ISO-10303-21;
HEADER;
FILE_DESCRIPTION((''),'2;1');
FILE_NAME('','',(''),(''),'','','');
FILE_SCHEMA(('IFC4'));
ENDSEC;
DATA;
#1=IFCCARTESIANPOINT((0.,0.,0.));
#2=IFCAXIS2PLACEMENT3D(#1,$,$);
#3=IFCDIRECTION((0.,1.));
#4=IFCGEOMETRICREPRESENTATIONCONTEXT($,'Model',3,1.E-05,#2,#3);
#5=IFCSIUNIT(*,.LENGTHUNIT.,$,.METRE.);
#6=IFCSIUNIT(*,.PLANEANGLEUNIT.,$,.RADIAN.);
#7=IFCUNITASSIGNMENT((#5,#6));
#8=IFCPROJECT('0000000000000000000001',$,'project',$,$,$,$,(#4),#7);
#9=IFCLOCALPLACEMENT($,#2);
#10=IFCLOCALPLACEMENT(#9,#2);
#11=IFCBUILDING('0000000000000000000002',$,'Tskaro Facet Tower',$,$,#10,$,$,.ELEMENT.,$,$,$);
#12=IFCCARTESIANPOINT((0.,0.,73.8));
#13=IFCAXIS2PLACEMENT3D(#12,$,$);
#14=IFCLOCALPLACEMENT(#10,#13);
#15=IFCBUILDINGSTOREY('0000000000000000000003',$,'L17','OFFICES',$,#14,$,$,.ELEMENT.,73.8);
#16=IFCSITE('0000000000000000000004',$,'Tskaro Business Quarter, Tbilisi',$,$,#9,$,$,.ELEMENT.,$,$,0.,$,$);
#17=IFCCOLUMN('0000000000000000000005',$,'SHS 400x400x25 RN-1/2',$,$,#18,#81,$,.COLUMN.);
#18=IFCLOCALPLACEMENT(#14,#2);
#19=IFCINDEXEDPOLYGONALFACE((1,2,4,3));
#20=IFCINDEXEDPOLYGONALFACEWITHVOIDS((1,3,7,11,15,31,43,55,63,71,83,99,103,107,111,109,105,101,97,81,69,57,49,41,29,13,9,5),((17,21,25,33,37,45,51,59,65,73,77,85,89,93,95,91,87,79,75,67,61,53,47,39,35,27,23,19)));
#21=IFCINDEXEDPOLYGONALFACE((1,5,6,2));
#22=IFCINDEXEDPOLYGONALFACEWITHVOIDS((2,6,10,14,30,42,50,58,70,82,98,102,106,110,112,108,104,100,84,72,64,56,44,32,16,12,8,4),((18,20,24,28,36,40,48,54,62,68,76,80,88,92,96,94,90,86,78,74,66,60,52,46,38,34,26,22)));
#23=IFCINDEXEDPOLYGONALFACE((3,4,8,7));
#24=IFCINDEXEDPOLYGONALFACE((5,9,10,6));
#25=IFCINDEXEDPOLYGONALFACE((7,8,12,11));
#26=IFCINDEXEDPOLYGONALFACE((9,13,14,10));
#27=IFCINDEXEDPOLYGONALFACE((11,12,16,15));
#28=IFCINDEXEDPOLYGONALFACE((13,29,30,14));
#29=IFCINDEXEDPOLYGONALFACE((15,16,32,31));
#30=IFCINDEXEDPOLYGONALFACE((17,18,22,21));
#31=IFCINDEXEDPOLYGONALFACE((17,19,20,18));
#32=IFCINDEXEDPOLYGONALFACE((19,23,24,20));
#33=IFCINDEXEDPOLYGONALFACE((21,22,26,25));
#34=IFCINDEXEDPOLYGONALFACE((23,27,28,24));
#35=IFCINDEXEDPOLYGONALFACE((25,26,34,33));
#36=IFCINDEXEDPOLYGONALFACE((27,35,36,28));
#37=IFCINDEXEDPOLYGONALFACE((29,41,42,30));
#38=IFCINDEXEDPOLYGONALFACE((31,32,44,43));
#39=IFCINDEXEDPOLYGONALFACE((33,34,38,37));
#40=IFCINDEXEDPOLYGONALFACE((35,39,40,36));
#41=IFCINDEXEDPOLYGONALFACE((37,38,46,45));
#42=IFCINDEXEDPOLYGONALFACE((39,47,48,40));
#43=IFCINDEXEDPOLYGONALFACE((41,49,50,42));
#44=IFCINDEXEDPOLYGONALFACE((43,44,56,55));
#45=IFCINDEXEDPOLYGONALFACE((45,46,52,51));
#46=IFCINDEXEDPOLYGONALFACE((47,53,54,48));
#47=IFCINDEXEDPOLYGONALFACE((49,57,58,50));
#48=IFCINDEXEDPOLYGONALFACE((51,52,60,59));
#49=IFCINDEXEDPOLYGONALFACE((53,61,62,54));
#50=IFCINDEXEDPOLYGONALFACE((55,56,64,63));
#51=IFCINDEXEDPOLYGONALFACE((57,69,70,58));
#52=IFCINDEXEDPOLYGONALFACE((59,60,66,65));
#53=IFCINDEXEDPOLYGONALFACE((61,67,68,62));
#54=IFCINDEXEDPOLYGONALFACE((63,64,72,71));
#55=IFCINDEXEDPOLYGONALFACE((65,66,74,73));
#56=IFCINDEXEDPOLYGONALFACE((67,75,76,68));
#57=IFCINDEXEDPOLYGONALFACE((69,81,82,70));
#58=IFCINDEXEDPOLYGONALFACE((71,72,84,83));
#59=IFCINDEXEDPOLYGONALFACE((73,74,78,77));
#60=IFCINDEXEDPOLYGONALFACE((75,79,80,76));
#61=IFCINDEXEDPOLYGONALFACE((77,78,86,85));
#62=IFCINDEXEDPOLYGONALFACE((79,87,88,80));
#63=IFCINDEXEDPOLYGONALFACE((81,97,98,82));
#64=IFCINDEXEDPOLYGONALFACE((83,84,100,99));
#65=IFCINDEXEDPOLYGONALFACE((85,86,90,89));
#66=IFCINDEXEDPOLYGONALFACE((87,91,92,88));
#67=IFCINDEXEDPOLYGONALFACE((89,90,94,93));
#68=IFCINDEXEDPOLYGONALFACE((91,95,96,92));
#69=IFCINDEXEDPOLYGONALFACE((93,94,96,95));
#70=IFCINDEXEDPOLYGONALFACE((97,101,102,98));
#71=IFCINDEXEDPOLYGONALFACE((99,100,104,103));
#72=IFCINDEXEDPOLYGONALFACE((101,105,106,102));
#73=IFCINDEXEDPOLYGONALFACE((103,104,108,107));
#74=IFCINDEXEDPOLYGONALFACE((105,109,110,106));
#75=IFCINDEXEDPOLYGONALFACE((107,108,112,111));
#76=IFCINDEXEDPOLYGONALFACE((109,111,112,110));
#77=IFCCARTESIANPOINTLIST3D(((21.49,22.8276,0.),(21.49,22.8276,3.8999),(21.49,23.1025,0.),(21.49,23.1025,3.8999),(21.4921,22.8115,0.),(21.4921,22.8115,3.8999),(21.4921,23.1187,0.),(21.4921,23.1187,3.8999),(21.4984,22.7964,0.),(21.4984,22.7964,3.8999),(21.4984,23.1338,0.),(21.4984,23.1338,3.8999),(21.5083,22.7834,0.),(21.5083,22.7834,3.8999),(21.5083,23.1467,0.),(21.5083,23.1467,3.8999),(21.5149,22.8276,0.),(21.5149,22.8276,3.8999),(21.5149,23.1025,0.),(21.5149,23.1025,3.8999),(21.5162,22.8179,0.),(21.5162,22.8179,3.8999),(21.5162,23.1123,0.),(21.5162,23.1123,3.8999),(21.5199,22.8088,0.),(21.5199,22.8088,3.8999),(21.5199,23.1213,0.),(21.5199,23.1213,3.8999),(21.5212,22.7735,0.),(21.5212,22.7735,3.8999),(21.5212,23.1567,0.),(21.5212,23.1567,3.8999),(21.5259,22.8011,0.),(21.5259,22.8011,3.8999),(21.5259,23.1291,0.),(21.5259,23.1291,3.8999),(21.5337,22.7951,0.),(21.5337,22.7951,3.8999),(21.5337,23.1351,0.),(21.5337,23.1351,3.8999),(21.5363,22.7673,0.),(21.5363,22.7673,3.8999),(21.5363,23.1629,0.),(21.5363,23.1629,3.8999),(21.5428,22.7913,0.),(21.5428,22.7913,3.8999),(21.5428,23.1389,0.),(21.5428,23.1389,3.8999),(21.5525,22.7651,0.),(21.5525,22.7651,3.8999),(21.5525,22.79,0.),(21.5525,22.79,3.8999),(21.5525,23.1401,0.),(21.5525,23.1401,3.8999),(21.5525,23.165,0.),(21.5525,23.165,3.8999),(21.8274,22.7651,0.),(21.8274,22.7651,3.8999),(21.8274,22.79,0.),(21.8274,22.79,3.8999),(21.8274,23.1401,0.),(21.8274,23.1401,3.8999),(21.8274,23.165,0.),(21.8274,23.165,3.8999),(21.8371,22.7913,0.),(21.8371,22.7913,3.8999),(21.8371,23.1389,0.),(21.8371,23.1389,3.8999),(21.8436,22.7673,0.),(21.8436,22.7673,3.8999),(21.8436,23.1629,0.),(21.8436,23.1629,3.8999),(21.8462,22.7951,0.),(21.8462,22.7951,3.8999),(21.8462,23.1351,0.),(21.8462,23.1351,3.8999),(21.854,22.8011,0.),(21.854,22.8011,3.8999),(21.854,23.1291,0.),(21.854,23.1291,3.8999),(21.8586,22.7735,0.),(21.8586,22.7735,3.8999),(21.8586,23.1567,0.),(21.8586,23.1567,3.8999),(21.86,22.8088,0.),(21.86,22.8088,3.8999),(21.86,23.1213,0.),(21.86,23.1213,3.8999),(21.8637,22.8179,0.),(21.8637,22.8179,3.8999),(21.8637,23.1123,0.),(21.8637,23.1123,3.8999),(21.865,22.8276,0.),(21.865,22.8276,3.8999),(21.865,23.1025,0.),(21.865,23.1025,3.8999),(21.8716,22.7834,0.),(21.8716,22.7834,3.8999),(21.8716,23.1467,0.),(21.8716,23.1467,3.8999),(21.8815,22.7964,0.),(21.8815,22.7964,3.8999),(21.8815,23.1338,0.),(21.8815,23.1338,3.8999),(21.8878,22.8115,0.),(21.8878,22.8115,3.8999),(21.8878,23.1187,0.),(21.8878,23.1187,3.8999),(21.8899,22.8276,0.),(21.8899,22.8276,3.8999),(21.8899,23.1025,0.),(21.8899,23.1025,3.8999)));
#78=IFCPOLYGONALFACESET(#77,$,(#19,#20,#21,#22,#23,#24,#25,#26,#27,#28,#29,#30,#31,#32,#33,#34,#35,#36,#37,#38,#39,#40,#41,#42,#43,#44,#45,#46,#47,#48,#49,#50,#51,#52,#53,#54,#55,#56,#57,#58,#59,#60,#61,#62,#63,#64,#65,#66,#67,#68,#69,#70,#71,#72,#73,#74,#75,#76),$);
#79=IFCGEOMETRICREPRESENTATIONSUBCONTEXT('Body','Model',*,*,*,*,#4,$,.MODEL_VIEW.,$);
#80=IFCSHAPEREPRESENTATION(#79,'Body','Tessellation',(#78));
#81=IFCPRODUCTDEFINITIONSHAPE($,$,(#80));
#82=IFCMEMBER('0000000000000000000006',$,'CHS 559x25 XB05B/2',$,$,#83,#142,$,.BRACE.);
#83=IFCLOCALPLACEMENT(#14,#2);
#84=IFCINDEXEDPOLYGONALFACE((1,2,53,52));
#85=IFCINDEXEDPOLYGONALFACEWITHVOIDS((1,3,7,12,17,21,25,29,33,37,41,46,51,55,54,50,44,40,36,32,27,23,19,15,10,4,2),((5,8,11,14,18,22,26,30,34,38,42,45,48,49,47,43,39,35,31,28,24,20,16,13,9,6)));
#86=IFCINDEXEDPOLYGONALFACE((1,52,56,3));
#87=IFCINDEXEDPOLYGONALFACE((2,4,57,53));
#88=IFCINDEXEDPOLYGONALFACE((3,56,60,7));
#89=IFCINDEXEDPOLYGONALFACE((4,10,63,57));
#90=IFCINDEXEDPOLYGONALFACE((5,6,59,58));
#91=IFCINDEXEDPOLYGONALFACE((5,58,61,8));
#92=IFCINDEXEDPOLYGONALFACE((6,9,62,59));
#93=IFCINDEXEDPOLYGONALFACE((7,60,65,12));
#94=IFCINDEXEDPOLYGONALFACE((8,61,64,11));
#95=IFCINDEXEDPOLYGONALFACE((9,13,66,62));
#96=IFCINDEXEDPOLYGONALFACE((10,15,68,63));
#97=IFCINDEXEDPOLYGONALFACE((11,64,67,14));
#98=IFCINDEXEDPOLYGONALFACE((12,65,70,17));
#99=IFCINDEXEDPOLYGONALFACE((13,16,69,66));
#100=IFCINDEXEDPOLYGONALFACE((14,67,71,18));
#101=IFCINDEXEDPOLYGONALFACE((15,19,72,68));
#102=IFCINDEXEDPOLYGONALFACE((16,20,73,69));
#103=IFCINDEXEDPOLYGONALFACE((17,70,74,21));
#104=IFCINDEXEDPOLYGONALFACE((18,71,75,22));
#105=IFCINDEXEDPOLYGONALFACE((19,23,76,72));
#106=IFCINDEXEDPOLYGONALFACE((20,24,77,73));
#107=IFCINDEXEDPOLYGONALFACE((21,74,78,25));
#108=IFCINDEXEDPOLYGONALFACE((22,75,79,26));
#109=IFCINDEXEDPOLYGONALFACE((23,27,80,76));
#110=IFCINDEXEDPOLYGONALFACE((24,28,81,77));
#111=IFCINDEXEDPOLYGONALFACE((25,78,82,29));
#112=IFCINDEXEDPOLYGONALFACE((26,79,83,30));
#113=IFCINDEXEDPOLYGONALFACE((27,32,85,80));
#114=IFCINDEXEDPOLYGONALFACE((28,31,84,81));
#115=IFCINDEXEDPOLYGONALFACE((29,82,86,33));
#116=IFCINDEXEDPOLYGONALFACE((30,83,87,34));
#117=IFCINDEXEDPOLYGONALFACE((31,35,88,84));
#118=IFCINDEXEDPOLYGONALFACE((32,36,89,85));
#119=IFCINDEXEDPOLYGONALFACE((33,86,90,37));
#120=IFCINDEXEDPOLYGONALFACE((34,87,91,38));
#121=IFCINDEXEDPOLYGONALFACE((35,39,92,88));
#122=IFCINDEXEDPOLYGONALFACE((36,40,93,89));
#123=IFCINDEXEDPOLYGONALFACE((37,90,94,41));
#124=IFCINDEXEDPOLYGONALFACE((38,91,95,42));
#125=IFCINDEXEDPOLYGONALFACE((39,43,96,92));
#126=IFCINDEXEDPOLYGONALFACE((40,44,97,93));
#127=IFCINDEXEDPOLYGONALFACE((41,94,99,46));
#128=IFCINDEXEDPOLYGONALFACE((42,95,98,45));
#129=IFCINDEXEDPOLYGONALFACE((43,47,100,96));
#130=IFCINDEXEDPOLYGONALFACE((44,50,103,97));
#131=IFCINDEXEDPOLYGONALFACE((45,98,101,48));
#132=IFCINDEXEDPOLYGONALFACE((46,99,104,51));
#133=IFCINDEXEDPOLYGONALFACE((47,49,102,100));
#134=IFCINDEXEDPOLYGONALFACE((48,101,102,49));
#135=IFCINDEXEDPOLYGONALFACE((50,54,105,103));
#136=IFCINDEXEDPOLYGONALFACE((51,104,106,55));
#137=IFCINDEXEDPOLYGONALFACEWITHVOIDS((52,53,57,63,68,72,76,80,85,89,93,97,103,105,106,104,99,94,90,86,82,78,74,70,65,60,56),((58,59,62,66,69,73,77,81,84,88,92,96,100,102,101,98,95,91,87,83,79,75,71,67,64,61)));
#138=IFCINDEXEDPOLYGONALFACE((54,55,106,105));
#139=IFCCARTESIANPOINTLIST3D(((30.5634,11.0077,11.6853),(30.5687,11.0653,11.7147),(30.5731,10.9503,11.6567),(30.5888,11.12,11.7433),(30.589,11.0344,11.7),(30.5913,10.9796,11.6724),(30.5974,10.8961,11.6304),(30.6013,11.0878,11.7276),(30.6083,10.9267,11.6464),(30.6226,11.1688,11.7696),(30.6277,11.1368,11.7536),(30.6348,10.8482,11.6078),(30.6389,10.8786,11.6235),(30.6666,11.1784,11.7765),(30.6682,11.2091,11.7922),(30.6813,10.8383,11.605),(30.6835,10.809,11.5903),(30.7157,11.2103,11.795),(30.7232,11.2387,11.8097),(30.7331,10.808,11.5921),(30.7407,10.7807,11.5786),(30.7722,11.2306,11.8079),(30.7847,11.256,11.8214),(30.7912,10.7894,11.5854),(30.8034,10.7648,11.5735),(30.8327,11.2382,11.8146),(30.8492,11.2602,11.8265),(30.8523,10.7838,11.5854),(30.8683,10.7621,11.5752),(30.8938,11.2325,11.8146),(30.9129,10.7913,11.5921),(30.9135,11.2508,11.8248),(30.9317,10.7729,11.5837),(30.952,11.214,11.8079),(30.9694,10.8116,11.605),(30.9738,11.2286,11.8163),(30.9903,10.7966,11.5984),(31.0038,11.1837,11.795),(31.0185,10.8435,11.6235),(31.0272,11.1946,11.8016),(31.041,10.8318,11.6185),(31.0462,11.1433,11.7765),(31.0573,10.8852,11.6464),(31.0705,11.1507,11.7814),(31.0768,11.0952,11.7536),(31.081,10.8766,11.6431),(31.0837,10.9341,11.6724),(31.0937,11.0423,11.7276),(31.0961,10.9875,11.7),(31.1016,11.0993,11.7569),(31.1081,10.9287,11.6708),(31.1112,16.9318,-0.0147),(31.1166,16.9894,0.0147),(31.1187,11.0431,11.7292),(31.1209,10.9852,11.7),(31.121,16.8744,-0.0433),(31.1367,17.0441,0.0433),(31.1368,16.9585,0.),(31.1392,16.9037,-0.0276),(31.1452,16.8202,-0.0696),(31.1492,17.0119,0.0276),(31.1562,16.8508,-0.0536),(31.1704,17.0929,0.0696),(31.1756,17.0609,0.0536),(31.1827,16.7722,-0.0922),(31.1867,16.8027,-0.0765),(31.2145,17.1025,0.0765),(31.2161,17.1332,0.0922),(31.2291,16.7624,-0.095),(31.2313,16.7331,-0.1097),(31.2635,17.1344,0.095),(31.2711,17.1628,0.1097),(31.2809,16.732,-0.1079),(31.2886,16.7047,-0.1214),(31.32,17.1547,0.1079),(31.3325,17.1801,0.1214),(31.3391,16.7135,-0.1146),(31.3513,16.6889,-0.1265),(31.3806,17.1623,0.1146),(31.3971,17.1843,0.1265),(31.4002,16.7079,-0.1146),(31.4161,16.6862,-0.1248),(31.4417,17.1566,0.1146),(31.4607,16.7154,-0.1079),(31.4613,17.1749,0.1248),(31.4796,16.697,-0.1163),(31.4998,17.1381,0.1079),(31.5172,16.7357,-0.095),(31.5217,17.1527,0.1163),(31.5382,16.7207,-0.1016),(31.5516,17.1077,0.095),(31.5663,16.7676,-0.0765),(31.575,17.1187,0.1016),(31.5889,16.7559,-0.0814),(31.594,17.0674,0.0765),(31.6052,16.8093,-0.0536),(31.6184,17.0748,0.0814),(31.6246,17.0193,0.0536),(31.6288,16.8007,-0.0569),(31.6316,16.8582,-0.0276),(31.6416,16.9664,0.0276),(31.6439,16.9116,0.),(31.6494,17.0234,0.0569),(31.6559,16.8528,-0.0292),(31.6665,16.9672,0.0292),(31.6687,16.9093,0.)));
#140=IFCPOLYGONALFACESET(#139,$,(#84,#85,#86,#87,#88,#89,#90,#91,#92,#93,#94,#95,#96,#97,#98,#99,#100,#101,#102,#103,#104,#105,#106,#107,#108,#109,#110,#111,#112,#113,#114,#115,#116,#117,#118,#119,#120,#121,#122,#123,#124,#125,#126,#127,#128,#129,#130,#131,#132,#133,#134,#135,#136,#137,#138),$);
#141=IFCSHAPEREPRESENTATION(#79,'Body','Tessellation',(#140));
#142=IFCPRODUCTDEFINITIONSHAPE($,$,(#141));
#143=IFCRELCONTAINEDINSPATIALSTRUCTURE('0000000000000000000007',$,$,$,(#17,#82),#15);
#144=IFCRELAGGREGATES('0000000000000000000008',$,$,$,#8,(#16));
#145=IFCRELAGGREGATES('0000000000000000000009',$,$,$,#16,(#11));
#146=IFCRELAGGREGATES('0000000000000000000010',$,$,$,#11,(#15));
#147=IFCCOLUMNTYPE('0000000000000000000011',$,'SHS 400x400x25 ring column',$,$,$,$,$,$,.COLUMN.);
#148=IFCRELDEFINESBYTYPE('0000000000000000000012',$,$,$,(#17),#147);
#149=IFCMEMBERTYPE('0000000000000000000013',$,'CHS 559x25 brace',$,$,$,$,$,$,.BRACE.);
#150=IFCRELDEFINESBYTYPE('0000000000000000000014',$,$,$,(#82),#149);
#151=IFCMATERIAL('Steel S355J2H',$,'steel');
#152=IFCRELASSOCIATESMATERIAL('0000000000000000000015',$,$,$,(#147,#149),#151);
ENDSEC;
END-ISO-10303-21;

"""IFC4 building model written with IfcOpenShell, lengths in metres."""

from ifc_helpers import new_model, si_unit, direction, frame, origin, origin_2d, place, context, subcontext, project, spatial, hollow_rectangle, hollow_circle, extrude, material, material_profile, profile_set, type_object, element, save


model = new_model("IFC4")

# Units and contexts
model_context = context("Model", 3, precision=1e-05, world=origin(), true_north=direction((0.0, 1.0)))
body_context = subcontext(model_context, "Body", "Model", "MODEL_VIEW")
ifc_project = project(units=[si_unit("LENGTHUNIT", "METRE"), si_unit("PLANEANGLEUNIT", "RADIAN")], contexts=[model_context])

# Site, building, storey
site_placement = place(None, origin())
site = spatial("IfcSite", under=ifc_project, at=site_placement, Name="Tskaro Business Quarter, Tbilisi", CompositionType="ELEMENT", RefElevation=0.0)
building_placement = place(site_placement, origin())
building = spatial("IfcBuilding", under=site, at=building_placement, Name="Tskaro Facet Tower", CompositionType="ELEMENT")
storey_placement = place(building_placement, frame((0.0, 0.0, 73.8)))
storey = spatial("IfcBuildingStorey", under=building, at=storey_placement, Name="L17", Description="OFFICES", CompositionType="ELEMENT", Elevation=73.8)

# Column
ifc_material_1 = material(Name="Steel S355J2H", Category="steel")
ifc_material_profile_1 = material_profile(ifc_material_1, hollow_rectangle(XDim=0.3999, YDim=0.3999, WallThickness=0.0249, InnerFilletRadius=0.0376, OuterFilletRadius=0.0625, at=origin_2d()), Name="SHS 400x400x25")
ifc_profile_set_1 = profile_set([ifc_material_profile_1], Name="Steel S355J2H")
column_type_1 = type_object("IfcColumnType", Name="SHS 400x400x25 ring column", PredefinedType="COLUMN", material=ifc_profile_set_1)
for number, where, z_axis, x_axis, name in (
    (1, (21.6899, 22.9651, 0.0), (0.0, 0.0, 1.0), (1.0, 0.0, 0.0), "SHS 400x400x25 RN-1/2"),
):
    element("IfcColumn", number, at=place(storey_placement, frame(where, z_axis=z_axis, x_axis=x_axis)), inside=storey, type_object=column_type_1, Name=name, PredefinedType="COLUMN", context=body_context, shape_type="SweptSolid", body=[
        extrude(hollow_rectangle(XDim=0.3999, YDim=0.3999, WallThickness=0.0249, InnerFilletRadius=0.0376, OuterFilletRadius=0.0625, at=origin_2d()), origin(), (0.0, 0.0, 1.0), 3.8999),
    ])

# Member
ifc_material_profile_2 = material_profile(ifc_material_1, hollow_circle(Radius=0.2795, WallThickness=0.0249, at=origin_2d()), Name="CHS 559x25")
ifc_profile_set_2 = profile_set([ifc_material_profile_2], Name="Steel S355J2H")
member_type_1 = type_object("IfcMemberType", Name="CHS 559x25 brace", PredefinedType="BRACE", material=ifc_profile_set_2)
member_1_placement = place(storey_placement, frame((31.3904, 16.9351, 0.0), z_axis=(-0.041739, -0.451334, 0.891378), x_axis=(0.995751, -0.092086, 0.0)))
element("IfcMember", 2, at=member_1_placement, inside=storey, type_object=member_type_1, Name="CHS 559x25 XB05B/2", PredefinedType="BRACE", context=body_context, shape_type="SweptSolid", body=[
    extrude(hollow_circle(Radius=0.2795, WallThickness=0.0249, at=origin_2d()), origin(), (0.0, 0.0, 1.0), 13.1257),
])

save(model, "model.ifc")
